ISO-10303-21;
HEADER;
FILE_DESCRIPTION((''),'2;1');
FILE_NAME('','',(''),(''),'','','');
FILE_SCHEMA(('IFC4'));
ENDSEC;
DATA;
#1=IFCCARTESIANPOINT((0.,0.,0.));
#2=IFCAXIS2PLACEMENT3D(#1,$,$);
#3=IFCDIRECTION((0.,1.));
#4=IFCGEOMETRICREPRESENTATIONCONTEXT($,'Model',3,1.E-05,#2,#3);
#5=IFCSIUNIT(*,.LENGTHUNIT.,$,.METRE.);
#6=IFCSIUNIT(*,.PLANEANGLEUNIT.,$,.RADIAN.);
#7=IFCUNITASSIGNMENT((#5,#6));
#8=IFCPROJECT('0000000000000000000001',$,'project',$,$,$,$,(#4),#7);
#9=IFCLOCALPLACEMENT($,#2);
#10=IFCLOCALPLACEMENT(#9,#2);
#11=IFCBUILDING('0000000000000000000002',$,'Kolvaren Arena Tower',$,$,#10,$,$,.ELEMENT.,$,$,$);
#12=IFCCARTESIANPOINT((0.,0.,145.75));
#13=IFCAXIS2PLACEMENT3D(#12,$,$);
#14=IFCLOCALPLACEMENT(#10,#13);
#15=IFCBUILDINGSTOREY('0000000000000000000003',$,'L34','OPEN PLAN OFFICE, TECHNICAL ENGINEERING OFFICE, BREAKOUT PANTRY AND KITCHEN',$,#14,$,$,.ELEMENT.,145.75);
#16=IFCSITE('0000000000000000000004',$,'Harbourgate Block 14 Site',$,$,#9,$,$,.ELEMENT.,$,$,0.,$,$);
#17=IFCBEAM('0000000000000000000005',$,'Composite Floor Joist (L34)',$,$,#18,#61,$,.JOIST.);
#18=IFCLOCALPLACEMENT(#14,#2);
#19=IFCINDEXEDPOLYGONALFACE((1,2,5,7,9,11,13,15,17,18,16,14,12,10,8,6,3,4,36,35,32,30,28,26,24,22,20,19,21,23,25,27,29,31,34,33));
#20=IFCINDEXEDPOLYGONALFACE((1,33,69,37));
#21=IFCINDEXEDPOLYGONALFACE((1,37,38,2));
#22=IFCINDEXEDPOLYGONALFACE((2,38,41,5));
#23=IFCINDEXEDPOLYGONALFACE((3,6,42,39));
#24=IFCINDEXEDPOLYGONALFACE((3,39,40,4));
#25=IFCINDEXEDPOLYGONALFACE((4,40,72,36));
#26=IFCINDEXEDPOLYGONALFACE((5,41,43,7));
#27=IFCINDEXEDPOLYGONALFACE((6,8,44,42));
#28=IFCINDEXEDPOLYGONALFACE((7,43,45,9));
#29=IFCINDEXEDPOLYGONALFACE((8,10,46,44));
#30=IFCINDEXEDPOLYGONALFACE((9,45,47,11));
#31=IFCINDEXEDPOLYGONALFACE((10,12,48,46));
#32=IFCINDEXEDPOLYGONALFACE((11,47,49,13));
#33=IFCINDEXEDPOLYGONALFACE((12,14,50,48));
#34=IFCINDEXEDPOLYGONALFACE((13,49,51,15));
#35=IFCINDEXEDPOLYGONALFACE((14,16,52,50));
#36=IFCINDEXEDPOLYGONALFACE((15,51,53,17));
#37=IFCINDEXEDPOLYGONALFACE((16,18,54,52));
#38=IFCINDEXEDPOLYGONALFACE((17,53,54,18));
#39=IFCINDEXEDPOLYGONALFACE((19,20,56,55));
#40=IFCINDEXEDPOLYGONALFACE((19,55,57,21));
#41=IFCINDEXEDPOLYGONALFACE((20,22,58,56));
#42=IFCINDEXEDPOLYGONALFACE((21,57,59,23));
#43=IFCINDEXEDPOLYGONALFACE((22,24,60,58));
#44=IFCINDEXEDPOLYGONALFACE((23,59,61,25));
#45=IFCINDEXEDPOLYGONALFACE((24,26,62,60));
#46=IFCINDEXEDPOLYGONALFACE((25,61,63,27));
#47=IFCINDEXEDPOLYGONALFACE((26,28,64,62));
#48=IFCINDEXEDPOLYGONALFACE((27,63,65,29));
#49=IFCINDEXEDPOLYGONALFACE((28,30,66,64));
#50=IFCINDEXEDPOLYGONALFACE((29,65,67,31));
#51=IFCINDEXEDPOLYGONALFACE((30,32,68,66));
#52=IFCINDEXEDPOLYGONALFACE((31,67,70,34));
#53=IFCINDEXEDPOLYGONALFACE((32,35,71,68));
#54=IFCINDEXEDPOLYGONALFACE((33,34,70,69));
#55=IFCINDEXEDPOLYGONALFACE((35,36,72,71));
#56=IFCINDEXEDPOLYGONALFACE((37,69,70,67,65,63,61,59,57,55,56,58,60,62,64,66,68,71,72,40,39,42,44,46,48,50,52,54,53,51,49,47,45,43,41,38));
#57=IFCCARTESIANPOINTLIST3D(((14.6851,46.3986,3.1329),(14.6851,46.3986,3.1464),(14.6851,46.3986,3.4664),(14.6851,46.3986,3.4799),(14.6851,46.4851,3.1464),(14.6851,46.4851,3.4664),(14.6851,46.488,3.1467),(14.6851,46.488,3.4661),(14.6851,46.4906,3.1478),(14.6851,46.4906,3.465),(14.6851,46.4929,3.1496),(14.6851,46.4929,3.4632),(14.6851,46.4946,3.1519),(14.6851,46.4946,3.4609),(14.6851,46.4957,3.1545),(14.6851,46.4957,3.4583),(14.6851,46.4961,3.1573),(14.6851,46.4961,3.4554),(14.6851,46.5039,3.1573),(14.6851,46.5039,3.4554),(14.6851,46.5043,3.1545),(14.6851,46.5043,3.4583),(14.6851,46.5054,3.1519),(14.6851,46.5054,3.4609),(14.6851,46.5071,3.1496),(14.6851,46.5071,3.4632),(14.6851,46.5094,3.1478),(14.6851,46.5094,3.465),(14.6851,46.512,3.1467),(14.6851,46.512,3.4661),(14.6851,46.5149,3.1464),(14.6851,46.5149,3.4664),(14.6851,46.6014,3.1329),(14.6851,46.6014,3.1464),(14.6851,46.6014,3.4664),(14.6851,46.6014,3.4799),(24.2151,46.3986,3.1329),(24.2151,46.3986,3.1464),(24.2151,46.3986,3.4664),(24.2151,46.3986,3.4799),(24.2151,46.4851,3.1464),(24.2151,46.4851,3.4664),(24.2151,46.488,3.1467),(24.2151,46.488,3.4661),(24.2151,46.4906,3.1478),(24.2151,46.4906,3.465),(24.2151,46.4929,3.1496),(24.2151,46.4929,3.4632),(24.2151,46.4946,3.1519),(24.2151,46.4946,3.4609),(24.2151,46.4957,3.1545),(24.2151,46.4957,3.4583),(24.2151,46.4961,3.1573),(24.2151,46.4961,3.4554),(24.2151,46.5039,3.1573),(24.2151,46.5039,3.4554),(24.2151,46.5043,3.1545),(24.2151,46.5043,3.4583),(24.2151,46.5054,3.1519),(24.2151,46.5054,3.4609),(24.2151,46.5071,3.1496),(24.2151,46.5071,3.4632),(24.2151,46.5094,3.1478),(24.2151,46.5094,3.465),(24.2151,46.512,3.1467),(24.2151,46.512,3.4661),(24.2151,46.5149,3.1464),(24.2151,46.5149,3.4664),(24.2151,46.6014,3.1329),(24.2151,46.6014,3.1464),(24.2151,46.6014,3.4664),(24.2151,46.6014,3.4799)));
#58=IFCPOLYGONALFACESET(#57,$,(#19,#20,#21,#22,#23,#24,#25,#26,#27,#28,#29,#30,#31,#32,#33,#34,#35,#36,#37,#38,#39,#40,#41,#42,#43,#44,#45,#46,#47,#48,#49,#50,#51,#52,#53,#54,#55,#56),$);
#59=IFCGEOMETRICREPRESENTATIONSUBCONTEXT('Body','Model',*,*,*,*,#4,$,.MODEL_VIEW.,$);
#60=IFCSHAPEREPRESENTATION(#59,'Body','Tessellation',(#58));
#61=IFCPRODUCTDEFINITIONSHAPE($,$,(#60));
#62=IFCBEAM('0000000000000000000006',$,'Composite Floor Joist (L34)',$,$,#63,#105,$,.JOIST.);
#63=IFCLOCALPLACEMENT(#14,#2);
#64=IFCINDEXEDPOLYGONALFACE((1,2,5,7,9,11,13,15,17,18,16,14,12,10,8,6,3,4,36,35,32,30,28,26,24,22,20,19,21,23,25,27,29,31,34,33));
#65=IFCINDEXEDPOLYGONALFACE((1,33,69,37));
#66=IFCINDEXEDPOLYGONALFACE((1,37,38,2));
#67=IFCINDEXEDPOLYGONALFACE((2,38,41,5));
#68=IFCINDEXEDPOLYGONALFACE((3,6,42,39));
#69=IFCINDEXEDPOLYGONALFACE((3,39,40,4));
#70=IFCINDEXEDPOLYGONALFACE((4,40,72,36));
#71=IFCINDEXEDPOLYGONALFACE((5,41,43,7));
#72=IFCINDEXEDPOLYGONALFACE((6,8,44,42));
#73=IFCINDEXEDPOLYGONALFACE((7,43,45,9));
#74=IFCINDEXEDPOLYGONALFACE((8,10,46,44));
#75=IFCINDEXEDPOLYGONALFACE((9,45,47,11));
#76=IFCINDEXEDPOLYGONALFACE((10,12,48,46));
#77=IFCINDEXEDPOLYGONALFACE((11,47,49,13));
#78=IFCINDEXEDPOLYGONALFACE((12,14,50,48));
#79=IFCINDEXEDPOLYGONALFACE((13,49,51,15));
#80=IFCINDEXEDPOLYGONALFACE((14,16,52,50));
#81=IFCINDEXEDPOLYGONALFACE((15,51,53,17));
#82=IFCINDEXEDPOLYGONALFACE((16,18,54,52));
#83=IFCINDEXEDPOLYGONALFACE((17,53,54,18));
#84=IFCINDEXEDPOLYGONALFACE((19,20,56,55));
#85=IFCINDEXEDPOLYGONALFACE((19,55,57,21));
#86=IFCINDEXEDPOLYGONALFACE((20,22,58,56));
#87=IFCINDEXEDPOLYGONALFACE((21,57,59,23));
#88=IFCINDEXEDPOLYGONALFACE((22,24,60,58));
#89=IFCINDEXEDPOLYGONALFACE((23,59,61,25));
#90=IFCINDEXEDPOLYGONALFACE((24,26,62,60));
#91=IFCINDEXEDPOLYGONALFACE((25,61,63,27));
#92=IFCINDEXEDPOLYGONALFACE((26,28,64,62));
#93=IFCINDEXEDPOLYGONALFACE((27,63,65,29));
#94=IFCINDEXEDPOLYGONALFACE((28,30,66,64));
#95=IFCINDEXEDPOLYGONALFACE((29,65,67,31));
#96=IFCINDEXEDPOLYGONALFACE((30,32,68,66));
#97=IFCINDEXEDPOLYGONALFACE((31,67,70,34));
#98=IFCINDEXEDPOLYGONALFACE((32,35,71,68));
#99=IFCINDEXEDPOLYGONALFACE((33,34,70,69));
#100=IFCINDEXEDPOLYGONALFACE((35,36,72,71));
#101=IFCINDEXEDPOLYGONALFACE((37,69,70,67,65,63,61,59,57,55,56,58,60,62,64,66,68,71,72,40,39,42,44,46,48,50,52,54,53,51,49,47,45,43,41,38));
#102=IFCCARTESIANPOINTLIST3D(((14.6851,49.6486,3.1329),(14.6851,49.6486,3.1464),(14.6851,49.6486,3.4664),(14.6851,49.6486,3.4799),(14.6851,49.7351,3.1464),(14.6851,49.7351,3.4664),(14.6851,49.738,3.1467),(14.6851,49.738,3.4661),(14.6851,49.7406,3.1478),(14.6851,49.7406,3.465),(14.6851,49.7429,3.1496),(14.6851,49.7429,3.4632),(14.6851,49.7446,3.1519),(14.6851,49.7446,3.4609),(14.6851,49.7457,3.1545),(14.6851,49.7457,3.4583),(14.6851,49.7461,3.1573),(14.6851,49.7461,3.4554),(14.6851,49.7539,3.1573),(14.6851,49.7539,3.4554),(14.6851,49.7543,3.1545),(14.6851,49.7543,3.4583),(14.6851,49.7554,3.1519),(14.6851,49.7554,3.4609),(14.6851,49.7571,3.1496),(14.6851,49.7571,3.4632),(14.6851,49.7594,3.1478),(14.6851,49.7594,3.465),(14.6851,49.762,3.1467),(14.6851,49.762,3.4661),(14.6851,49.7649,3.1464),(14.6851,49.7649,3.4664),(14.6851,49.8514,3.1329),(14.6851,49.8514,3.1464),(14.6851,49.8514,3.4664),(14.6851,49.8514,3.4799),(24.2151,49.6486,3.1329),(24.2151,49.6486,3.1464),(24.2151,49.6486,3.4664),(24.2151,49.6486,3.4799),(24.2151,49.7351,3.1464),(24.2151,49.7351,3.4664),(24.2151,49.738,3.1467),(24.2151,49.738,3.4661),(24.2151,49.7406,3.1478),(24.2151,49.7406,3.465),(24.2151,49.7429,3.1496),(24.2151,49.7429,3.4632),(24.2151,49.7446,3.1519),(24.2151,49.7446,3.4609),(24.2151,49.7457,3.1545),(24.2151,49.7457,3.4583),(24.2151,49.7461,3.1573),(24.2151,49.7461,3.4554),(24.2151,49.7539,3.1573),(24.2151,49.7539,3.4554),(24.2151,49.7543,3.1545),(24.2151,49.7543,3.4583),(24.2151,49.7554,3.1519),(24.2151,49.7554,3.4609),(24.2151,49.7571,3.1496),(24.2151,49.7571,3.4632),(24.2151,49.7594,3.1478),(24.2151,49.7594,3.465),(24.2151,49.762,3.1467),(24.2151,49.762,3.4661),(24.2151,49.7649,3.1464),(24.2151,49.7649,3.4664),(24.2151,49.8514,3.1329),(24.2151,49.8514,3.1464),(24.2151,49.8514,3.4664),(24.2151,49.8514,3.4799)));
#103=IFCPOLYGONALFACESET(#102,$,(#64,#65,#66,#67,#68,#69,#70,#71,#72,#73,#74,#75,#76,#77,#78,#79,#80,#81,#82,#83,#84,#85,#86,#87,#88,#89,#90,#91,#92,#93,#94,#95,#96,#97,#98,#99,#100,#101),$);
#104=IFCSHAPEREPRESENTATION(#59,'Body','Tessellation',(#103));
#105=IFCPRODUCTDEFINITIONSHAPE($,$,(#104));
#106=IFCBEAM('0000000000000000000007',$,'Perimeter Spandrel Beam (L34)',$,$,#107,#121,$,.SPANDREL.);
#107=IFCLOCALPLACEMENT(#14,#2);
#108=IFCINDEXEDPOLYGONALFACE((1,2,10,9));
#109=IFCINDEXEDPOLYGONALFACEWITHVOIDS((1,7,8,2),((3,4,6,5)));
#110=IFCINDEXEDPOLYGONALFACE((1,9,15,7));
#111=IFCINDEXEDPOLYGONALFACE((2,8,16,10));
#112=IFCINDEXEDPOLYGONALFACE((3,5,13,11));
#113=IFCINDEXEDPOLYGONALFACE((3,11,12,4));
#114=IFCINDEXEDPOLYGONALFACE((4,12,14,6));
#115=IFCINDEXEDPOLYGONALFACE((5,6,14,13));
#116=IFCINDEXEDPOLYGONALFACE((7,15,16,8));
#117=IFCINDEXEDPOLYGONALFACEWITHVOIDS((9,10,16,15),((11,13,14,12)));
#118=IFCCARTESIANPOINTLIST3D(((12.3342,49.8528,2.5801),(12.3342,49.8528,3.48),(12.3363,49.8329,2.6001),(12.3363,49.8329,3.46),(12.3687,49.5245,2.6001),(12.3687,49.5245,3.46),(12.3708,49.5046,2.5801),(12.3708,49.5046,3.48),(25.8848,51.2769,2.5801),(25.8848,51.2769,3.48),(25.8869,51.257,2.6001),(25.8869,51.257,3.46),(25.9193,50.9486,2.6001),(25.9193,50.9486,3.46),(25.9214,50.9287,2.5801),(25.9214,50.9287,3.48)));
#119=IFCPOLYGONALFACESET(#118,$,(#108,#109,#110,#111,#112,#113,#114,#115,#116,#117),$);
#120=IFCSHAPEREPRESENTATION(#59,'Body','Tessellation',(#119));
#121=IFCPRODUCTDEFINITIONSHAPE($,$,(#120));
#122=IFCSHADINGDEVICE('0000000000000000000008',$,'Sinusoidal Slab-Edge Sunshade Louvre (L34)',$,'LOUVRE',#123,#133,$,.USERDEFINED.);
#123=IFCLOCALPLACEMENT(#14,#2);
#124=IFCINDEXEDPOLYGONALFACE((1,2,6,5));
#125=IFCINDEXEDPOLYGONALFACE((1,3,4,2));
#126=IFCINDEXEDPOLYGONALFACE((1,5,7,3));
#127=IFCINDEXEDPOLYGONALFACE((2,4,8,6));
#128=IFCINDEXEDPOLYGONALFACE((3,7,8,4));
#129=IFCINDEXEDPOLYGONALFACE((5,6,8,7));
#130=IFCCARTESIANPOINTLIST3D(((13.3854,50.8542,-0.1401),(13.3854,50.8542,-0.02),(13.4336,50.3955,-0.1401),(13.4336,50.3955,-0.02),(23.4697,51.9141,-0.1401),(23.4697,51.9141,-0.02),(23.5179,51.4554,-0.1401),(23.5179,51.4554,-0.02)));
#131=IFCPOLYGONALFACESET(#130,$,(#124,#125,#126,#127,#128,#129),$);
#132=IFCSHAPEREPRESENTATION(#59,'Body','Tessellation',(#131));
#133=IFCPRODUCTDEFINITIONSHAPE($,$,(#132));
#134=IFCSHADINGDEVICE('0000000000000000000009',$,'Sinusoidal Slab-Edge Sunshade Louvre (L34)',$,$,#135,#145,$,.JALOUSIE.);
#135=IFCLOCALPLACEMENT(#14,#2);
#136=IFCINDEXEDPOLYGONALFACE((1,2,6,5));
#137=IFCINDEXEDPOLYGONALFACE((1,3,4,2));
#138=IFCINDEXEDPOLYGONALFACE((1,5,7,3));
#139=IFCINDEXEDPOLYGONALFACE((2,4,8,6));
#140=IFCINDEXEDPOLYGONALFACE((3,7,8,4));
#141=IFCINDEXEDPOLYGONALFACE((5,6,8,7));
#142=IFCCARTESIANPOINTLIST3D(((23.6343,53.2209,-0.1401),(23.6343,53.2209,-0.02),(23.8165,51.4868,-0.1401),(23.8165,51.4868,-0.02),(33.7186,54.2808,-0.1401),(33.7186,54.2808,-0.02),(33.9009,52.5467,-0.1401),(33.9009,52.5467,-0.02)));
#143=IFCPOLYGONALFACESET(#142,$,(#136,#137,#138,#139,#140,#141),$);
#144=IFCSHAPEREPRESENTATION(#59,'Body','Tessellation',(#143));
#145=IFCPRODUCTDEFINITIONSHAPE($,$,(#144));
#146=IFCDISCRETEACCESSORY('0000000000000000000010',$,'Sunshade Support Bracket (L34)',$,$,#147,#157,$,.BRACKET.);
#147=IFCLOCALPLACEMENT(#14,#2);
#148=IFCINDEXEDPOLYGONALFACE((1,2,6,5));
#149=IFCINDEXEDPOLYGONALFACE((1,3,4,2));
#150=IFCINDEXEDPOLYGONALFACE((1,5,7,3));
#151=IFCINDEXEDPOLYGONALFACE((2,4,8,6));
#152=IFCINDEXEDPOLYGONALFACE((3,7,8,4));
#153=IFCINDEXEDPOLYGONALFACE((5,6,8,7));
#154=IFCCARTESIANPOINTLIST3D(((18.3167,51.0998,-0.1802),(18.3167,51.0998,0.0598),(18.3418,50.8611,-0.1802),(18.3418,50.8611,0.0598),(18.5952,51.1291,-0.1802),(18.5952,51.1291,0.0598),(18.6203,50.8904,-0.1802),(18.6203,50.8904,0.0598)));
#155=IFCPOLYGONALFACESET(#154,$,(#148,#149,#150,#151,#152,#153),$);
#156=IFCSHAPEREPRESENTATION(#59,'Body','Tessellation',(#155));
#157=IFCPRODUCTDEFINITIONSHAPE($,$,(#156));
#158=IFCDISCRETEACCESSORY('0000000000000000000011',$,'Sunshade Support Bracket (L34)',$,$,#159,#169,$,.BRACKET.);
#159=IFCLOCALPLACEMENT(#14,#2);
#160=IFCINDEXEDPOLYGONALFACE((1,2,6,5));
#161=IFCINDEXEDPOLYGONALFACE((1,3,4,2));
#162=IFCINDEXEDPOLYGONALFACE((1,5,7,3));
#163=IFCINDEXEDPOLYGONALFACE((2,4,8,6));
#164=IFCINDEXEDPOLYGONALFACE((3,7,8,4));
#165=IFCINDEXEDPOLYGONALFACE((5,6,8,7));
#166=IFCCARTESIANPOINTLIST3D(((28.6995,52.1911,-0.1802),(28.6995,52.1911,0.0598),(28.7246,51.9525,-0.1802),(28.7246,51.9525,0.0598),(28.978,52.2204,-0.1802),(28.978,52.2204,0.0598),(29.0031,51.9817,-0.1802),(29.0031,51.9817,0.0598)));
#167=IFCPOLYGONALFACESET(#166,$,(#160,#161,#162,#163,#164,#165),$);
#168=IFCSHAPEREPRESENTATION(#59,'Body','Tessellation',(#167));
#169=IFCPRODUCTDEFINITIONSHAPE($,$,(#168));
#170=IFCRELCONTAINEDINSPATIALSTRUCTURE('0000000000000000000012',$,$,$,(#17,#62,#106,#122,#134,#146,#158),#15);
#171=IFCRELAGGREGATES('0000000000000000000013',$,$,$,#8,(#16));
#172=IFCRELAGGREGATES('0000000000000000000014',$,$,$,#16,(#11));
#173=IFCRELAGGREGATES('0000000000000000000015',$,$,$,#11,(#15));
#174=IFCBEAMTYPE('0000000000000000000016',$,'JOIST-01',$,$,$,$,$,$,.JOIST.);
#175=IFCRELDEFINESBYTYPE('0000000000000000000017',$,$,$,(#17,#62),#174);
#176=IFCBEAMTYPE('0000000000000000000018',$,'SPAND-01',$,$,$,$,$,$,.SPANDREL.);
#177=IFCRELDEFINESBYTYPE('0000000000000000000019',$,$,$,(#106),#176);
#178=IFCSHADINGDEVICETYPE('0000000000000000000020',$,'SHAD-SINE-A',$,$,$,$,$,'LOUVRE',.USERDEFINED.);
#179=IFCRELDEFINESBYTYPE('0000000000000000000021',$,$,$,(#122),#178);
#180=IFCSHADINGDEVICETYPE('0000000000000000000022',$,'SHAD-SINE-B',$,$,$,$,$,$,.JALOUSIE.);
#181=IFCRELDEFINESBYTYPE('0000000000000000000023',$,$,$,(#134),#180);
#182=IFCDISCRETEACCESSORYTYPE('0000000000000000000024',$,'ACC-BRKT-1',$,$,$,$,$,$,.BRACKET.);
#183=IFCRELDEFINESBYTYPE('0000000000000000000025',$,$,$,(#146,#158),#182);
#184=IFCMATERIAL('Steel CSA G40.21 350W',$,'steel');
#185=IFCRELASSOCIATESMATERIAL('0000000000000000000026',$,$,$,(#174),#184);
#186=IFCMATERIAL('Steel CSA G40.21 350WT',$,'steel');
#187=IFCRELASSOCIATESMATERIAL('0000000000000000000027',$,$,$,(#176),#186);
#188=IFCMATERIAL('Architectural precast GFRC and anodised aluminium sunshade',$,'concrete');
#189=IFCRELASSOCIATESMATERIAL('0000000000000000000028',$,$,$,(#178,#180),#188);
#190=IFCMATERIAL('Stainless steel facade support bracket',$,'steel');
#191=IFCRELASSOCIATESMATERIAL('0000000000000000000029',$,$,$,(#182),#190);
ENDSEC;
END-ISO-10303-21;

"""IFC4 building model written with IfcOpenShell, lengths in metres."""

from ifc_helpers import new_model, si_unit, direction, frame, origin, origin_2d, place, context, subcontext, project, spatial, rectangle, hollow_rectangle, i_section, extrude, material, material_profile, profile_set, type_object, element, save


model = new_model("IFC4")

# Units and contexts
model_context = context("Model", 3, precision=1e-05, world=origin(), true_north=direction((0.0, 1.0)))
body_context = subcontext(model_context, "Body", "Model", "MODEL_VIEW")
ifc_project = project(units=[si_unit("LENGTHUNIT", "METRE"), si_unit("PLANEANGLEUNIT", "RADIAN")], contexts=[model_context])

# Site, building, storey
site_placement = place(None, origin())
site = spatial("IfcSite", under=ifc_project, at=site_placement, Name="Harbourgate Block 14 Site", CompositionType="ELEMENT", RefElevation=0.0)
building_placement = place(site_placement, origin())
building = spatial("IfcBuilding", under=site, at=building_placement, Name="Kolvaren Arena Tower", CompositionType="ELEMENT")
storey_placement = place(building_placement, frame((0.0, 0.0, 145.75)))
storey = spatial("IfcBuildingStorey", under=building, at=storey_placement, Name="L34", Description="OPEN PLAN OFFICE, TECHNICAL ENGINEERING OFFICE, BREAKOUT PANTRY AND KITCHEN", CompositionType="ELEMENT", Elevation=145.75)

# Beams
ifc_material_1 = material(Name="Steel CSA G40.21 350W", Category="steel")
ifc_material_profile_1 = material_profile(ifc_material_1, i_section(OverallWidth=0.2029, OverallDepth=0.3469, WebThickness=0.0078, FlangeThickness=0.0134, FilletRadius=0.011, at=origin_2d()), Name="W360x64")
ifc_profile_set_1 = profile_set([ifc_material_profile_1], Name="Steel CSA G40.21 350W")
beam_type_1 = type_object("IfcBeamType", Name="JOIST-01", PredefinedType="JOIST", material=ifc_profile_set_1)
for number, where, z_axis, x_axis, name in (
    (1, (14.6851, 46.5, 3.3064), (1.0, 0.0, 0.0), (0.0, 1.0, 0.0), "Composite Floor Joist (L34)"),
    (2, (14.6851, 49.75, 3.3064), (1.0, 0.0, 0.0), (0.0, 1.0, 0.0), "Composite Floor Joist (L34)"),
):
    element("IfcBeam", number, at=place(storey_placement, frame(where, z_axis=z_axis, x_axis=x_axis)), inside=storey, type_object=beam_type_1, Name=name, PredefinedType="JOIST", context=body_context, shape_type="SweptSolid", body=[
        extrude(i_section(OverallWidth=0.2029, OverallDepth=0.3469, WebThickness=0.0078, FlangeThickness=0.0134, FilletRadius=0.011, at=origin_2d()), origin(), (0.0, 0.0, 1.0), 9.53),
    ])
ifc_material_2 = material(Name="Steel CSA G40.21 350WT", Category="steel")
ifc_material_profile_2 = material_profile(ifc_material_2, hollow_rectangle(XDim=0.3501, YDim=0.8999, WallThickness=0.02, at=origin_2d()), Name="HSS 900x350x20")
ifc_profile_set_2 = profile_set([ifc_material_profile_2], Name="Steel CSA G40.21 350WT")
beam_type_2 = type_object("IfcBeamType", Name="SPAND-01", PredefinedType="SPANDREL", material=ifc_profile_set_2)
beam_1_placement = place(storey_placement, frame((25.9031, 51.1028, 3.03), z_axis=(-0.994523, -0.104518, 0.0), x_axis=(0.104518, -0.994523, 0.0)))
element("IfcBeam", 3, at=beam_1_placement, inside=storey, type_object=beam_type_2, Name="Perimeter Spandrel Beam (L34)", PredefinedType="SPANDREL", context=body_context, shape_type="SweptSolid", body=[
    extrude(hollow_rectangle(XDim=0.3501, YDim=0.8999, WallThickness=0.02, at=origin_2d()), origin(), (0.0, 0.0, 1.0), 13.6252),
])

# Shading devices
ifc_material_3 = material(Name="Architectural precast GFRC and anodised aluminium sunshade", Category="concrete")
shading_device_type_1 = type_object("IfcShadingDeviceType", Name="SHAD-SINE-A", ElementType="LOUVRE", PredefinedType="USERDEFINED", material=ifc_material_3)
shading_device_1_placement = place(storey_placement, frame((18.4517, 51.1548, -0.1401), z_axis=(0.0, 0.0, 1.0), x_axis=(0.994522, 0.104527, 0.0)))
element("IfcShadingDevice", 4, at=shading_device_1_placement, inside=storey, type_object=shading_device_type_1, Name="Sinusoidal Slab-Edge Sunshade Louvre (L34)", ObjectType="LOUVRE", PredefinedType="USERDEFINED", context=body_context, shape_type="SweptSolid", body=[
    extrude(rectangle(XDim=10.1399, YDim=0.4612, at=origin_2d()), origin(), (0.0, 0.0, 1.0), 0.1201),
])
shading_device_type_2 = type_object("IfcShadingDeviceType", Name="SHAD-SINE-B", PredefinedType="JALOUSIE", material=ifc_material_3)
shading_device_2_placement = place(storey_placement, frame((28.7676, 52.8838, -0.1401), z_axis=(0.0, 0.0, 1.0), x_axis=(0.994522, 0.104527, 0.0)))
element("IfcShadingDevice", 5, at=shading_device_2_placement, inside=storey, type_object=shading_device_type_2, Name="Sinusoidal Slab-Edge Sunshade Louvre (L34)", PredefinedType="JALOUSIE", context=body_context, shape_type="SweptSolid", body=[
    extrude(rectangle(XDim=10.1399, YDim=1.7437, at=origin_2d()), origin(), (0.0, 0.0, 1.0), 0.1201),
])

# Discrete accessories
ifc_material_4 = material(Name="Stainless steel facade support bracket", Category="steel")
discrete_accessory_type = type_object("IfcDiscreteAccessoryType", Name="ACC-BRKT-1", PredefinedType="BRACKET", material=ifc_material_4)
for number, where, z_axis, x_axis, name in (
    (6, (18.4685, 50.9951, -0.1802), (0.0, 0.0, 1.0), (0.994522, 0.104527, 0.0), "Sunshade Support Bracket (L34)"),
    (7, (28.8513, 52.0864, -0.1802), (0.0, 0.0, 1.0), (0.994522, 0.104527, 0.0), "Sunshade Support Bracket (L34)"),
):
    element("IfcDiscreteAccessory", number, at=place(storey_placement, frame(where, z_axis=z_axis, x_axis=x_axis)), inside=storey, type_object=discrete_accessory_type, Name=name, PredefinedType="BRACKET", context=body_context, shape_type="SweptSolid", body=[
        extrude(rectangle(XDim=0.28, YDim=0.24, at=origin_2d()), origin(), (0.0, 0.0, 1.0), 0.24),
    ])

save(model, "model.ifc")
